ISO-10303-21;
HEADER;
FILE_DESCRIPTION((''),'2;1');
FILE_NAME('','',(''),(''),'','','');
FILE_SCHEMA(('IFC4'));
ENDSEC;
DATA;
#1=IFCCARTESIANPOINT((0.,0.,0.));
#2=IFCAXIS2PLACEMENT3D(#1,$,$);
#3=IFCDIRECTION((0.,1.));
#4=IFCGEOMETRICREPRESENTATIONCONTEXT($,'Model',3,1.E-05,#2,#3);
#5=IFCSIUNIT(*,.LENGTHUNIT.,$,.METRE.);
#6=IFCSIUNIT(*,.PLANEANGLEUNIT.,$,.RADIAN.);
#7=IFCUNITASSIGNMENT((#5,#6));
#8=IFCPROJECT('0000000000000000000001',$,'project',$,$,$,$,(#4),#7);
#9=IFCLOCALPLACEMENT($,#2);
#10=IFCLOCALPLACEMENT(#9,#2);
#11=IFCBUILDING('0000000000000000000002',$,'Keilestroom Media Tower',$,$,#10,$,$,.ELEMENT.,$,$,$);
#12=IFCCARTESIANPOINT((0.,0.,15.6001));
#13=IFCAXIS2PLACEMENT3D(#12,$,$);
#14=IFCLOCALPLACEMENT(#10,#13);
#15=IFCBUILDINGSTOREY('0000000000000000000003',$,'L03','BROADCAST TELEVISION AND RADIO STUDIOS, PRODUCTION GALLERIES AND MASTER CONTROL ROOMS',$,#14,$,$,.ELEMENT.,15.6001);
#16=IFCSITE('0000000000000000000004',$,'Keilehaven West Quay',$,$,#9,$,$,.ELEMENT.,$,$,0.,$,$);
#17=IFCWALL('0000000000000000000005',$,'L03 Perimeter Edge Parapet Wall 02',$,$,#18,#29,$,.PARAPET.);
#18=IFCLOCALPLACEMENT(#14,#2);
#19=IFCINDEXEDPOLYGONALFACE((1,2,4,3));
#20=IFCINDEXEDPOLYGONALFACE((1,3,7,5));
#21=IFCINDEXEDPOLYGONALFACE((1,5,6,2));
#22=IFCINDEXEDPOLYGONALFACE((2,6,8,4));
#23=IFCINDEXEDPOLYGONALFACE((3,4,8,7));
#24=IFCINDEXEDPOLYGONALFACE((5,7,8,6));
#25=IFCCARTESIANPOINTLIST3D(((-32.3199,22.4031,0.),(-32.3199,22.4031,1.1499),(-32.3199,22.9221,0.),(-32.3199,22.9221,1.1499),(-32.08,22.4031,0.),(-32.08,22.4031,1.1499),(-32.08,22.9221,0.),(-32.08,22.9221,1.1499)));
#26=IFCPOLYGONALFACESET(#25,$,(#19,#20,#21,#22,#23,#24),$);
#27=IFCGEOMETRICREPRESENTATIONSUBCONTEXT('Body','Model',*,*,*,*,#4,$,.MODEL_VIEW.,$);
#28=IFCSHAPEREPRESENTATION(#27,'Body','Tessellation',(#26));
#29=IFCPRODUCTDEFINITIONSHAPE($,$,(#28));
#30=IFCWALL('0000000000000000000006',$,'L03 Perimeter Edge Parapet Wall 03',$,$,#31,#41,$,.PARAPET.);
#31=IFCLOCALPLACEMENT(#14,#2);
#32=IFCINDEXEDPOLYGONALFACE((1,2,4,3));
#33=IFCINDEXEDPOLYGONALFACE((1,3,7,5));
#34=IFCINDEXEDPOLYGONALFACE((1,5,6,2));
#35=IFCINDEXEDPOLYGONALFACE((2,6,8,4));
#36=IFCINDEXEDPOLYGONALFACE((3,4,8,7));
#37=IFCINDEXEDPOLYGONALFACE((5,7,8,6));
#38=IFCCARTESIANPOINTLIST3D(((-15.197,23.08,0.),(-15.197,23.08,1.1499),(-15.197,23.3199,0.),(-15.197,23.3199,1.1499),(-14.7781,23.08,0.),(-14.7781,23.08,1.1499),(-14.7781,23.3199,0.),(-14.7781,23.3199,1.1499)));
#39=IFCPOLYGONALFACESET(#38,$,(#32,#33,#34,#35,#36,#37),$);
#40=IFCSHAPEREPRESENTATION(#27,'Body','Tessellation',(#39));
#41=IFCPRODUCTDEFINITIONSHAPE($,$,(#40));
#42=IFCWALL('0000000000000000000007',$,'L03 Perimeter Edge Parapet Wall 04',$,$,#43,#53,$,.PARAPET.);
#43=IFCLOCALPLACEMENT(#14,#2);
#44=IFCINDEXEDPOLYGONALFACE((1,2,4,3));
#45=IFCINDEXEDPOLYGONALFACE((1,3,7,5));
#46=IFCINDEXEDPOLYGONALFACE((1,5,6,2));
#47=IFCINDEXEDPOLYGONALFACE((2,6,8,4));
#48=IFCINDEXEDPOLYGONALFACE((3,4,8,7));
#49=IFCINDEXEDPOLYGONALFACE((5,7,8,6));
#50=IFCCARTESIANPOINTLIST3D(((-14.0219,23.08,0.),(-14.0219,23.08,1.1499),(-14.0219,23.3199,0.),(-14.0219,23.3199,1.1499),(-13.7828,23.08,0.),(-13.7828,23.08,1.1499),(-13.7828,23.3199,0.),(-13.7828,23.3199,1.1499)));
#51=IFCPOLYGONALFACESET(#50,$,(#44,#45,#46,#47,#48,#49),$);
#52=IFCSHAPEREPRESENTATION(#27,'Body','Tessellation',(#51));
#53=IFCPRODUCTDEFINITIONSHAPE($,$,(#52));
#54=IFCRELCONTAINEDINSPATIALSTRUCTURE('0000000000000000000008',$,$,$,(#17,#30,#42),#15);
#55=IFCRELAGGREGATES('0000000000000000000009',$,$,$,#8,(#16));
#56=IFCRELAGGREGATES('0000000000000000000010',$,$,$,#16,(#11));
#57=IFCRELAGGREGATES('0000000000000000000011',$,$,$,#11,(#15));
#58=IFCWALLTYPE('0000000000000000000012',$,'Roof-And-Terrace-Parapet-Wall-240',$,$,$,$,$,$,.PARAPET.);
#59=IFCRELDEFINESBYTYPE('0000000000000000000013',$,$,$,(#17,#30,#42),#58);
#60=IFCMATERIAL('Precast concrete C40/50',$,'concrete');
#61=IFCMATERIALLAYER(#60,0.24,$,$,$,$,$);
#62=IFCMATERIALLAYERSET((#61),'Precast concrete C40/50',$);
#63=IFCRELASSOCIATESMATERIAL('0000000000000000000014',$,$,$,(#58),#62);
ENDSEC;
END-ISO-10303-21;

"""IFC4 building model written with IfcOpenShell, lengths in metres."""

from ifc_helpers import new_model, si_unit, direction, frame, frame_2d, origin, place, context, subcontext, project, spatial, rectangle, extrude, material, layer, layer_set, type_object, element, save


model = new_model("IFC4")

# Units and contexts
model_context = context("Model", 3, precision=1e-05, world=origin(), true_north=direction((0.0, 1.0)))
body_context = subcontext(model_context, "Body", "Model", "MODEL_VIEW")
ifc_project = project(units=[si_unit("LENGTHUNIT", "METRE"), si_unit("PLANEANGLEUNIT", "RADIAN")], contexts=[model_context])

# Site, building, storey
site_placement = place(None, origin())
site = spatial("IfcSite", under=ifc_project, at=site_placement, Name="Keilehaven West Quay", CompositionType="ELEMENT", RefElevation=0.0)
building_placement = place(site_placement, origin())
building = spatial("IfcBuilding", under=site, at=building_placement, Name="Keilestroom Media Tower", CompositionType="ELEMENT")
storey_placement = place(building_placement, frame((0.0, 0.0, 15.6001)))
storey = spatial("IfcBuildingStorey", under=building, at=storey_placement, Name="L03", Description="BROADCAST TELEVISION AND RADIO STUDIOS, PRODUCTION GALLERIES AND MASTER CONTROL ROOMS", CompositionType="ELEMENT", Elevation=15.6001)

# Shared definitions
ifc_material_1 = material(Name="Precast concrete C40/50", Category="concrete")

# Walls
ifc_layer_1 = layer(ifc_material_1, 0.24)
ifc_layer_set_1 = layer_set([ifc_layer_1], Name="Precast concrete C40/50")
wall_type_1 = type_object("IfcWallType", Name="Roof-And-Terrace-Parapet-Wall-240", PredefinedType="PARAPET", material=ifc_layer_set_1)
wall_1_placement = place(storey_placement, frame((-32.2, 22.4031, 0.0), z_axis=(0.0, 0.0, 1.0), x_axis=(0.0, 1.0, 0.0)))
element("IfcWall", 1, at=wall_1_placement, inside=storey, type_object=wall_type_1, Name="L03 Perimeter Edge Parapet Wall 02", PredefinedType="PARAPET", context=body_context, shape_type="SweptSolid", body=[
    extrude(rectangle(XDim=0.519, YDim=0.24, at=frame_2d((0.2595, 0.0))), origin(), (0.0, 0.0, 1.0), 1.1499),
])
wall_2_placement = place(storey_placement, frame((-15.197, 23.2, 0.0), z_axis=(0.0, 0.0, 1.0), x_axis=(1.0, 0.0, 0.0)))
element("IfcWall", 2, at=wall_2_placement, inside=storey, type_object=wall_type_1, Name="L03 Perimeter Edge Parapet Wall 03", PredefinedType="PARAPET", context=body_context, shape_type="SweptSolid", body=[
    extrude(rectangle(XDim=0.4189, YDim=0.24, at=frame_2d((0.2095, 0.0))), origin(), (0.0, 0.0, 1.0), 1.1499),
])
wall_3_placement = place(storey_placement, frame((-14.022, 23.2, 0.0), z_axis=(0.0, 0.0, 1.0), x_axis=(1.0, 0.0, 0.0)))
element("IfcWall", 3, at=wall_3_placement, inside=storey, type_object=wall_type_1, Name="L03 Perimeter Edge Parapet Wall 04", PredefinedType="PARAPET", context=body_context, shape_type="SweptSolid", body=[
    extrude(rectangle(XDim=0.239, YDim=0.24, at=frame_2d((0.1196, 0.0))), origin(), (0.0, 0.0, 1.0), 1.1499),
])

save(model, "model.ifc")
